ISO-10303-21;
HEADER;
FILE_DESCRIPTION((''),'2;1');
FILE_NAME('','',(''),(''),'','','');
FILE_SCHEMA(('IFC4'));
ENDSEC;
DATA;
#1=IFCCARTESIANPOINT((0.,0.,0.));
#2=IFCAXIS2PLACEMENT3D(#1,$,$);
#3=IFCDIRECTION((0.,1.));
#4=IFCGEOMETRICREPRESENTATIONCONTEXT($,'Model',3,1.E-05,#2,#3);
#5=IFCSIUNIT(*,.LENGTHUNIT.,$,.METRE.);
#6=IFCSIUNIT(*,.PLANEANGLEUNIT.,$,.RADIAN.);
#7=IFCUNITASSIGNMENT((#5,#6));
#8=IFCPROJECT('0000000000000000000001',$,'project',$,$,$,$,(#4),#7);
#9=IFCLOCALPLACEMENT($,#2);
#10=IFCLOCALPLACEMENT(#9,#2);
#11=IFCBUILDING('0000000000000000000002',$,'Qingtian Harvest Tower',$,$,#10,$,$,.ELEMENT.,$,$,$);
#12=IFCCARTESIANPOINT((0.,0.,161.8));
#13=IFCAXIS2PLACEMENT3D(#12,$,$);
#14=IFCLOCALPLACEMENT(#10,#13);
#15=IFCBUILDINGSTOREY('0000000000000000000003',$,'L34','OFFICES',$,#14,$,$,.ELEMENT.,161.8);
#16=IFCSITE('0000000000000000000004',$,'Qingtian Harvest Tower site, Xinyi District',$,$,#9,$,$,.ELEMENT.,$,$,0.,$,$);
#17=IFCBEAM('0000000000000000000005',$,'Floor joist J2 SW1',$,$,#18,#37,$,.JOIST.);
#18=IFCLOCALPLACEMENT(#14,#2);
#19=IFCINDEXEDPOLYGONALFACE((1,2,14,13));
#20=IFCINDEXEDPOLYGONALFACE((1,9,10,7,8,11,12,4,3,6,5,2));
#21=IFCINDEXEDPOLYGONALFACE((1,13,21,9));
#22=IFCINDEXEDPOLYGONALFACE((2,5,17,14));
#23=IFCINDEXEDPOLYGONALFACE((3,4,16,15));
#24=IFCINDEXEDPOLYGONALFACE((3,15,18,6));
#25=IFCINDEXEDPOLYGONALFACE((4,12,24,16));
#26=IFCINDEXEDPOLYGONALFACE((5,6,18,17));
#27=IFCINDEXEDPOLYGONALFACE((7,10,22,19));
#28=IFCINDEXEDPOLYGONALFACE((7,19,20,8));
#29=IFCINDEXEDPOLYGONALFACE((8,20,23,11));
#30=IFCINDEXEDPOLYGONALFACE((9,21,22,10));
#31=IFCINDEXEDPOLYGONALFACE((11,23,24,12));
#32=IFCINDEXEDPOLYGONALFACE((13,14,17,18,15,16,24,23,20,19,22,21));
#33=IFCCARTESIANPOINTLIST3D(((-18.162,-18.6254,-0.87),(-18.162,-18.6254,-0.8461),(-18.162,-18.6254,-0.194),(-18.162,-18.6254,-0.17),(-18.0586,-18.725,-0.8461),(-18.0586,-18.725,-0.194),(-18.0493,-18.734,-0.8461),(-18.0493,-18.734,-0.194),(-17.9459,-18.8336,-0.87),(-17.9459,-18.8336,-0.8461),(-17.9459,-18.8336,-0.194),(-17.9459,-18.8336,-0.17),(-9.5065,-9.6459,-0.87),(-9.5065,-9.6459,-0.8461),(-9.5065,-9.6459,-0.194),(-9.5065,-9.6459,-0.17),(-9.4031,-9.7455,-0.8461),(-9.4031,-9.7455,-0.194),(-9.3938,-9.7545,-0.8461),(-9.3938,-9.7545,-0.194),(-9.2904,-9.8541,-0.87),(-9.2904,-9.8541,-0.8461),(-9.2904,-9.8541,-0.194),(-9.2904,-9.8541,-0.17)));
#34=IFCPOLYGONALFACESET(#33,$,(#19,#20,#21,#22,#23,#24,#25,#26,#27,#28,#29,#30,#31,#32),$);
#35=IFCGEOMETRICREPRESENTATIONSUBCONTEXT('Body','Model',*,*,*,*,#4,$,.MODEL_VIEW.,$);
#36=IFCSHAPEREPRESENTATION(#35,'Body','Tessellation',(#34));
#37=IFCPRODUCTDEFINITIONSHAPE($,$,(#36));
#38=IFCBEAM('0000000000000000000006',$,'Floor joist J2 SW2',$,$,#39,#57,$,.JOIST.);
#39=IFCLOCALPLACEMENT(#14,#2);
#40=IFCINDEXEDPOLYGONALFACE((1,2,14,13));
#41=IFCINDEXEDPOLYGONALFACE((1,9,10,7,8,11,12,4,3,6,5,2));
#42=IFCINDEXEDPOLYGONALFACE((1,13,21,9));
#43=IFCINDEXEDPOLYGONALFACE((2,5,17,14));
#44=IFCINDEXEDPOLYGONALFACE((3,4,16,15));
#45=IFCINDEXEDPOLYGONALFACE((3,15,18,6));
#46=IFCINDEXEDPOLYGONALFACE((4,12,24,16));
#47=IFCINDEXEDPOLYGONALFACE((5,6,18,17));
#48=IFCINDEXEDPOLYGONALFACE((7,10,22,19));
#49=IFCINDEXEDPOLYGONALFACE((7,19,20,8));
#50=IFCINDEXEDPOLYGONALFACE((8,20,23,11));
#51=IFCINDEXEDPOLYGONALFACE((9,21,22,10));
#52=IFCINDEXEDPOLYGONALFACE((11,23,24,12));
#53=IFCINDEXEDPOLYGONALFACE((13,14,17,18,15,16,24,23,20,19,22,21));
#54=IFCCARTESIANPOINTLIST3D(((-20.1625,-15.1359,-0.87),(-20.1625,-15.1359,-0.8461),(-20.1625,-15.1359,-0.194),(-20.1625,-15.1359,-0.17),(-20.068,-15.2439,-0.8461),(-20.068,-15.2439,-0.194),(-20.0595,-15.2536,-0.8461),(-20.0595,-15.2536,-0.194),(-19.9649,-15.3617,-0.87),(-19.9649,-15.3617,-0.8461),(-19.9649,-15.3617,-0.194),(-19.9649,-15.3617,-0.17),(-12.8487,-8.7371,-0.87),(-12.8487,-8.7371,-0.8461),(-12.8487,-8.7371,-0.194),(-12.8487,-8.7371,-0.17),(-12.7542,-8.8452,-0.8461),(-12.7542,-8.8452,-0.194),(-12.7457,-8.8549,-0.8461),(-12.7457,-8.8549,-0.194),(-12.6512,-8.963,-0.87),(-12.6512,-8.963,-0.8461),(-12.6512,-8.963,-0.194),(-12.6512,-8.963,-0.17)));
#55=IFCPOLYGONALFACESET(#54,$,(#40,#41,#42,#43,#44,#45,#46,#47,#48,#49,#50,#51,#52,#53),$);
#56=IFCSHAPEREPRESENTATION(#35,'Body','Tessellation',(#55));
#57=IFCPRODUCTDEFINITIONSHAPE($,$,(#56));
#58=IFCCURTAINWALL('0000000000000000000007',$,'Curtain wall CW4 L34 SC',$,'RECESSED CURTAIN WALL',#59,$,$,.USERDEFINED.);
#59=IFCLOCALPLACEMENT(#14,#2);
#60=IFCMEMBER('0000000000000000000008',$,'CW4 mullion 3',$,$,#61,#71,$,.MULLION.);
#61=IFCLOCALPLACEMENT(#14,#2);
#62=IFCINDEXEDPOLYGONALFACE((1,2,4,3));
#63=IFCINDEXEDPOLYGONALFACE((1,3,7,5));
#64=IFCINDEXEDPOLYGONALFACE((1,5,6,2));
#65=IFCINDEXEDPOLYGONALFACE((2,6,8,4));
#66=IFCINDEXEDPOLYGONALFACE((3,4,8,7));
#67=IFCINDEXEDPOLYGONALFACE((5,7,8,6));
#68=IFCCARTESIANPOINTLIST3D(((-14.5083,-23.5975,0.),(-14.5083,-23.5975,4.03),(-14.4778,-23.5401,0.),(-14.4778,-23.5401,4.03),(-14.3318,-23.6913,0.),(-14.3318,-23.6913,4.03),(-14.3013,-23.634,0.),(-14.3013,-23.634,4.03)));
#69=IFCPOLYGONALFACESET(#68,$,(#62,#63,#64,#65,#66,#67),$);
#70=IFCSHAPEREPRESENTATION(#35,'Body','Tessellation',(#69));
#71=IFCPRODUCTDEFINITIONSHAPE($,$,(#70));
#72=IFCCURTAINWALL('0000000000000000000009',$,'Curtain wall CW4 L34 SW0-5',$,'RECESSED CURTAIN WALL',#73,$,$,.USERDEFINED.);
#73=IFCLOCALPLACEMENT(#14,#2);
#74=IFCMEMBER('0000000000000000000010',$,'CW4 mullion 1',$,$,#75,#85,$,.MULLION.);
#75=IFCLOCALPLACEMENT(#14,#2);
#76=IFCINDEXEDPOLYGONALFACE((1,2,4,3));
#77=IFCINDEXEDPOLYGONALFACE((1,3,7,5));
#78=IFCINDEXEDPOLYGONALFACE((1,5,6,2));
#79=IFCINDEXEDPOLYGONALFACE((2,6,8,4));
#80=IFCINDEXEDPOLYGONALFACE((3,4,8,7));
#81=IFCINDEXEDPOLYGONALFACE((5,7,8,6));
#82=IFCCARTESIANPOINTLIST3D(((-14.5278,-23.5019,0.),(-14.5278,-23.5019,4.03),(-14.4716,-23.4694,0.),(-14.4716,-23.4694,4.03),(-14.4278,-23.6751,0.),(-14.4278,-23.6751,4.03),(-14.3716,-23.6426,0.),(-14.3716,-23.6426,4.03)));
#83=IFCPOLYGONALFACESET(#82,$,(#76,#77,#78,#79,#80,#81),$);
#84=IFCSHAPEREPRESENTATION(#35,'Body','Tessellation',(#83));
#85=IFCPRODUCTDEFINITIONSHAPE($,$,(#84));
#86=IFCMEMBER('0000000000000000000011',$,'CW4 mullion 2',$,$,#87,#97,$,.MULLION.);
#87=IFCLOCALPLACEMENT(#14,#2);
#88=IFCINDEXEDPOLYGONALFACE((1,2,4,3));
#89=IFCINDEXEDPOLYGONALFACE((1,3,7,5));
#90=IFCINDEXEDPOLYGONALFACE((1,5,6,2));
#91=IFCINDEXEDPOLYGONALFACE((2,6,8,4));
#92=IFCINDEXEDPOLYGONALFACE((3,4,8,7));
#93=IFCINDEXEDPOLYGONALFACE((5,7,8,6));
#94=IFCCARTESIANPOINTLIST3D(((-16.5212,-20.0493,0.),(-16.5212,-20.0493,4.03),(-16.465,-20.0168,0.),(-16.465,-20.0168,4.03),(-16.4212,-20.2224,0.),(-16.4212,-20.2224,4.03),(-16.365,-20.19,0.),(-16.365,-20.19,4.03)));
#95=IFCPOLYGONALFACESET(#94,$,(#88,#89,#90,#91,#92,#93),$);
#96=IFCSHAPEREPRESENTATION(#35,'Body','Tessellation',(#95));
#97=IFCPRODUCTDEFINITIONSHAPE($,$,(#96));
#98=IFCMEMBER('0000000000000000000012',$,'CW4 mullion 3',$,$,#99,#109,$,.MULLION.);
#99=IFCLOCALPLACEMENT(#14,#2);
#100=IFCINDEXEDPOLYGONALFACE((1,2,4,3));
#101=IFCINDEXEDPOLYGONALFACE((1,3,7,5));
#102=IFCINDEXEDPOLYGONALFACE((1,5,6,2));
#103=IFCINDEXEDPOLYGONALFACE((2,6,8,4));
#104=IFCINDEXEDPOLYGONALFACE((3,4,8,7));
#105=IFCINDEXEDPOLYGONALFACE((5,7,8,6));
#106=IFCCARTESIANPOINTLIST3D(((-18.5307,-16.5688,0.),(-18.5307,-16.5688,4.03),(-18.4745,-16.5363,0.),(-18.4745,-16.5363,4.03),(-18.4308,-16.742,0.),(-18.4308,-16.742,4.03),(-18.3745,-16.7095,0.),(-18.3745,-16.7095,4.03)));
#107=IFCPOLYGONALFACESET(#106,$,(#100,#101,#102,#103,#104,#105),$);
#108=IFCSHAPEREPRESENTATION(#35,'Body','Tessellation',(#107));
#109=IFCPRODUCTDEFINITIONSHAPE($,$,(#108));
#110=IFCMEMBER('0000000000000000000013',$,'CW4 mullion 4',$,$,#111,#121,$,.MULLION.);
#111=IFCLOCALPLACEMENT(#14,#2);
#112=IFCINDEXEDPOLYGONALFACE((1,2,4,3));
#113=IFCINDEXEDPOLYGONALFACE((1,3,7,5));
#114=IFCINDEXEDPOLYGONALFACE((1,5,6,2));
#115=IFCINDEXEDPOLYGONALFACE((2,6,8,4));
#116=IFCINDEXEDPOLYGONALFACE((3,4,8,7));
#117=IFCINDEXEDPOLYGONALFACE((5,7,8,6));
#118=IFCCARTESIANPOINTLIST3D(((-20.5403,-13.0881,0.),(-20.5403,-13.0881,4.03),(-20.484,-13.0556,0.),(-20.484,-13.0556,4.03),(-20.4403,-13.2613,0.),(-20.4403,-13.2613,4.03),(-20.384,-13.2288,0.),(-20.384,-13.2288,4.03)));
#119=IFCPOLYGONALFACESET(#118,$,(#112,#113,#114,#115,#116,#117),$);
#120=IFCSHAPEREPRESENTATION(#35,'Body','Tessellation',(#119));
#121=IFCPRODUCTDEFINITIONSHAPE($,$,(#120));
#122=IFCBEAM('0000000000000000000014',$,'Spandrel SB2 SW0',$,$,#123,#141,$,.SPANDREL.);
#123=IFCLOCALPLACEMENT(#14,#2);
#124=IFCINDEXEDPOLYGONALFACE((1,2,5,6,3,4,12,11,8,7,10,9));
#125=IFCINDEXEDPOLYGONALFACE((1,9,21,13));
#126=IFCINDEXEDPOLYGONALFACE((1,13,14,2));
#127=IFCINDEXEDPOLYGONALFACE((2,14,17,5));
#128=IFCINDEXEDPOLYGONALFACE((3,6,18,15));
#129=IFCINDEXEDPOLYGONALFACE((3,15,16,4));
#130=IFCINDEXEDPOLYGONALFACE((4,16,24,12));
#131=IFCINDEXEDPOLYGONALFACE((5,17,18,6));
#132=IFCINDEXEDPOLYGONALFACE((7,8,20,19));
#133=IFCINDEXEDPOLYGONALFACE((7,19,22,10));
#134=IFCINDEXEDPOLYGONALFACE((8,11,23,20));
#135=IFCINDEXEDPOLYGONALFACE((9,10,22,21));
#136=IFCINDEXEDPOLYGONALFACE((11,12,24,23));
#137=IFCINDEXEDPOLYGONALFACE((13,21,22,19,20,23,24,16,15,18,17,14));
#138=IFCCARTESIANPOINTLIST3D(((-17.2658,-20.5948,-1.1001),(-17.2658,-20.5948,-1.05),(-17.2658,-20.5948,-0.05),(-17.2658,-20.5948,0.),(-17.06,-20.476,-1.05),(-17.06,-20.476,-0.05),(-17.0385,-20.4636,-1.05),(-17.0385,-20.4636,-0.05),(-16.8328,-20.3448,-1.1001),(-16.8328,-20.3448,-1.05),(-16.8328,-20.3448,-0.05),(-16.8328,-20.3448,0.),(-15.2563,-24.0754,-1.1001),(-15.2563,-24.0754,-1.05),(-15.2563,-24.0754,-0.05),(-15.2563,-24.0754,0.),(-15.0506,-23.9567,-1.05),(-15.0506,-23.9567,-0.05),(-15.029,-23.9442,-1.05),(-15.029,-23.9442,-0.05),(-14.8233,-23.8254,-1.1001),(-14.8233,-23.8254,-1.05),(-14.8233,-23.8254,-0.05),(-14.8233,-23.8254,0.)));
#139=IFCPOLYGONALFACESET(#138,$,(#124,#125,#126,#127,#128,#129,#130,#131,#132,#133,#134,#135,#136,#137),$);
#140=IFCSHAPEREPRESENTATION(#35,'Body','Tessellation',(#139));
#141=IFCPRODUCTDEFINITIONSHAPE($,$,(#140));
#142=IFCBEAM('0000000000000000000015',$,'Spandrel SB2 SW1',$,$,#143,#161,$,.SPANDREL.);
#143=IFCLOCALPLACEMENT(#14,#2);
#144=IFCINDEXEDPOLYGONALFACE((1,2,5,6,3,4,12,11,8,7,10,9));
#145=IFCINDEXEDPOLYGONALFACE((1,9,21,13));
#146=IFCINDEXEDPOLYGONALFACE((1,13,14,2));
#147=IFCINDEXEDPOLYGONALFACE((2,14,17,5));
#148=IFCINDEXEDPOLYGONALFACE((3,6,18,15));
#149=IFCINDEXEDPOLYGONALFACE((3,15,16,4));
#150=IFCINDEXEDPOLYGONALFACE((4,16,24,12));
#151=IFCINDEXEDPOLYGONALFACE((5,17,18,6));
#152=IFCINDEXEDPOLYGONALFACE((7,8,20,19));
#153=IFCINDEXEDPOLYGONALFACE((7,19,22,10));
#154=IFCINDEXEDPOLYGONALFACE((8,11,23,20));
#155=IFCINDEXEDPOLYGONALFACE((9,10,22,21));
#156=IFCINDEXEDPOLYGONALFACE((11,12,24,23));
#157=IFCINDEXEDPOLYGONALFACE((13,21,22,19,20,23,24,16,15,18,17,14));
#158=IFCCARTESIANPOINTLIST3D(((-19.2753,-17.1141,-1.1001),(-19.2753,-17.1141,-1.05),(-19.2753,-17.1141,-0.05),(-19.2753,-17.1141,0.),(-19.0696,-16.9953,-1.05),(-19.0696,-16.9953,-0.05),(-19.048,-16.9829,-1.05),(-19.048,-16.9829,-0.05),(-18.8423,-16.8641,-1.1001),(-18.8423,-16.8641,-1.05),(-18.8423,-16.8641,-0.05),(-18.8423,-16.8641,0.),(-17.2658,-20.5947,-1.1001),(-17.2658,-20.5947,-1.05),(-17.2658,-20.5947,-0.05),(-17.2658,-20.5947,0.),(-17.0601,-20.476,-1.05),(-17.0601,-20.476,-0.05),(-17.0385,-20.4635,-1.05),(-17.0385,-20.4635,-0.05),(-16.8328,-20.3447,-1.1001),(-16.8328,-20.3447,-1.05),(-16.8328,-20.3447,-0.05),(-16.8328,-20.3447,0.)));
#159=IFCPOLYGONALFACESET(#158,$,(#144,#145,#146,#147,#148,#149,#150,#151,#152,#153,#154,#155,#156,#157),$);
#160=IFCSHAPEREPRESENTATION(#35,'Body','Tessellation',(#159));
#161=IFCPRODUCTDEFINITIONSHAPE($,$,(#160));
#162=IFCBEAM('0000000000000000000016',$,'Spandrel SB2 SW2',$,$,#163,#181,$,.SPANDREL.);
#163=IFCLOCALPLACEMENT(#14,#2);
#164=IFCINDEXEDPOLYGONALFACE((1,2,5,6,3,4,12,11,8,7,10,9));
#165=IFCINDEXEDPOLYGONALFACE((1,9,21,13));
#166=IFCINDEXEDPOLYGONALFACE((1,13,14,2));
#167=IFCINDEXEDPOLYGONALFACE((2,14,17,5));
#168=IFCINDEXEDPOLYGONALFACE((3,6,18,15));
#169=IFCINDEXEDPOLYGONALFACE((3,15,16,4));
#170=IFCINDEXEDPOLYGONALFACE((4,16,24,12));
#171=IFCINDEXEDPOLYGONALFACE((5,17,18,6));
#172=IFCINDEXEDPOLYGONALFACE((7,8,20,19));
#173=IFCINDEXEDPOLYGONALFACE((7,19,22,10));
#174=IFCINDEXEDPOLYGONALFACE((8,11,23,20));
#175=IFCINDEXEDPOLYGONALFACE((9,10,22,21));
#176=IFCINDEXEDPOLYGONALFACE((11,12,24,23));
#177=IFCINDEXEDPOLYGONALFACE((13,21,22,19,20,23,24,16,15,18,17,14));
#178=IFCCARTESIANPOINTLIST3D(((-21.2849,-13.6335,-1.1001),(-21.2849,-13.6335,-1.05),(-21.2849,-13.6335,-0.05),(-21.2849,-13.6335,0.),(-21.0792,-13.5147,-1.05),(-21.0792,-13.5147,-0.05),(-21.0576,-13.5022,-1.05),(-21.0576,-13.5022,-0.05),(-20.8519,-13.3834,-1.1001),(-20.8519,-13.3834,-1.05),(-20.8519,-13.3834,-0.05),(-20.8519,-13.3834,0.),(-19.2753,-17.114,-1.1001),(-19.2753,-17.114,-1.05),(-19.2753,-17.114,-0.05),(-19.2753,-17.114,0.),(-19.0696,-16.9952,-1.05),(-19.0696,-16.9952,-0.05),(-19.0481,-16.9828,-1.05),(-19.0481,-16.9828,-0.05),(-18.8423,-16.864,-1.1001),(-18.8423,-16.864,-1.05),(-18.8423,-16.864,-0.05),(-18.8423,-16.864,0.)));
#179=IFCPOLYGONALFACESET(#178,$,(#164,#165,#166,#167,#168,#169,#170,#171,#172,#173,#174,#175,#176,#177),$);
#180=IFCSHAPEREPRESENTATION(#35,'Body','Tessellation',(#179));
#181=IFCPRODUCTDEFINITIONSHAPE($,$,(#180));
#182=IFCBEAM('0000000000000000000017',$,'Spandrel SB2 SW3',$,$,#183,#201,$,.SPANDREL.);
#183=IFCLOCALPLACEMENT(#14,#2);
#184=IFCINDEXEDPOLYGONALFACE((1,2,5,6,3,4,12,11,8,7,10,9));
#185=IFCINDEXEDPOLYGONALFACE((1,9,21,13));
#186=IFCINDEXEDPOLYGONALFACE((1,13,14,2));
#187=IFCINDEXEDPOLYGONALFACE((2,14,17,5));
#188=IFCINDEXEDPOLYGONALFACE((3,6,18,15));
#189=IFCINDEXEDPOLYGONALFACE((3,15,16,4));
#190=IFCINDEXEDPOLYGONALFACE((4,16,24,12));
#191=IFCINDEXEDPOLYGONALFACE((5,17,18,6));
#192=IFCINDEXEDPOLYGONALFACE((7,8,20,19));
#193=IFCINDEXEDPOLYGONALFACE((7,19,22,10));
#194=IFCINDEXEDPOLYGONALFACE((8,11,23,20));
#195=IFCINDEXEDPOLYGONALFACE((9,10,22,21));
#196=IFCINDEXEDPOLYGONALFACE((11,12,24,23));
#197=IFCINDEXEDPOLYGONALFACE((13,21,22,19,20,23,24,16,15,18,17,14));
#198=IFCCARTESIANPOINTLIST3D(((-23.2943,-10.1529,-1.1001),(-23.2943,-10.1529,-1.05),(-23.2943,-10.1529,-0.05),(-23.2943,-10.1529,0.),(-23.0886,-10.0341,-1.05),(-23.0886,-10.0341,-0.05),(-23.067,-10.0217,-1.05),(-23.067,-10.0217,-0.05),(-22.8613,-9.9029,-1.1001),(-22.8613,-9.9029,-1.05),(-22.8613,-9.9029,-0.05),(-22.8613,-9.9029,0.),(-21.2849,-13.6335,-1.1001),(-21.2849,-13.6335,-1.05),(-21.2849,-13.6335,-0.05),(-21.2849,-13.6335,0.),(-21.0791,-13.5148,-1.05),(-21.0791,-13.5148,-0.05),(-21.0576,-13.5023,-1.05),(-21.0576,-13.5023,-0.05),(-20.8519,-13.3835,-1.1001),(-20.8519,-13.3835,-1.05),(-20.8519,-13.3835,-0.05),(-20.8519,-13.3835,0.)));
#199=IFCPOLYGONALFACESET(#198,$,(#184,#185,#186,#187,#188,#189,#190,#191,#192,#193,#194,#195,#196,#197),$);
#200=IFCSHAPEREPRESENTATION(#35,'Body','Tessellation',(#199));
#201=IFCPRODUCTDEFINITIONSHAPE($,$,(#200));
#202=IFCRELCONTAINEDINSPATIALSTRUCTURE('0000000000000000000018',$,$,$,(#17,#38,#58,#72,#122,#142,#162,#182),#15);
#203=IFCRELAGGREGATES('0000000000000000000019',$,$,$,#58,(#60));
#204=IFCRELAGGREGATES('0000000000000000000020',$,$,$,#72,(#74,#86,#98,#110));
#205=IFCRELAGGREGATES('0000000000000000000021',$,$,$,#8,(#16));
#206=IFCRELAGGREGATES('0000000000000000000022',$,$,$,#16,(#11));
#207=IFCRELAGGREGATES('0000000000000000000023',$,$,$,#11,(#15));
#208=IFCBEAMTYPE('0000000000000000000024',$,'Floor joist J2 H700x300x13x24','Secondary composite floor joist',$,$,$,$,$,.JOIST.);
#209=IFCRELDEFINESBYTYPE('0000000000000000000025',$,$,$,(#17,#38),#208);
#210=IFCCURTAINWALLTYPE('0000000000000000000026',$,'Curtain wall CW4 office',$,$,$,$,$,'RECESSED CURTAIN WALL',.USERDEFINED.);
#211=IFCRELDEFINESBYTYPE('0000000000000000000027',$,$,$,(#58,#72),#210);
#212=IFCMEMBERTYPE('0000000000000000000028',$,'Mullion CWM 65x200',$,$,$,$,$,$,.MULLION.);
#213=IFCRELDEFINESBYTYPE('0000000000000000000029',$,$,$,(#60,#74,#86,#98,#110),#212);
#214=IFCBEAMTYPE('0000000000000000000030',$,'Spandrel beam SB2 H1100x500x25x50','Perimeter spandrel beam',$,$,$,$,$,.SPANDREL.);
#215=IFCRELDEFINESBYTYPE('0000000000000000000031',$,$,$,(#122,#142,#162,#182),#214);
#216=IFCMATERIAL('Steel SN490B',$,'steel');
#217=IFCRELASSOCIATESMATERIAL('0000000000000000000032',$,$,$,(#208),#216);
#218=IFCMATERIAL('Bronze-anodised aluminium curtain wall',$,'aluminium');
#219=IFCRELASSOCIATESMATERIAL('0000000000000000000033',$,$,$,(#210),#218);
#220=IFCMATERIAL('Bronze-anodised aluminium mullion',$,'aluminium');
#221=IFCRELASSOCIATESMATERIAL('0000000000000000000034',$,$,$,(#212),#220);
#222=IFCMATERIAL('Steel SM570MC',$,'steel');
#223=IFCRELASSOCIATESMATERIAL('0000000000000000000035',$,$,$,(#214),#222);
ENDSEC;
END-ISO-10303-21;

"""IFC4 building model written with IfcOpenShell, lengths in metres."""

from ifc_helpers import new_model, si_unit, direction, frame, origin, origin_2d, place, context, subcontext, project, spatial, rectangle, i_section, extrude, material, material_profile, profile_set, type_object, element, aggregate, save


model = new_model("IFC4")

# Units and contexts
model_context = context("Model", 3, precision=1e-05, world=origin(), true_north=direction((0.0, 1.0)))
body_context = subcontext(model_context, "Body", "Model", "MODEL_VIEW")
ifc_project = project(units=[si_unit("LENGTHUNIT", "METRE"), si_unit("PLANEANGLEUNIT", "RADIAN")], contexts=[model_context])

# Site, building, storey
site_placement = place(None, origin())
site = spatial("IfcSite", under=ifc_project, at=site_placement, Name="Qingtian Harvest Tower site, Xinyi District", CompositionType="ELEMENT", RefElevation=0.0)
building_placement = place(site_placement, origin())
building = spatial("IfcBuilding", under=site, at=building_placement, Name="Qingtian Harvest Tower", CompositionType="ELEMENT")
storey_placement = place(building_placement, frame((0.0, 0.0, 161.8)))
storey = spatial("IfcBuildingStorey", under=building, at=storey_placement, Name="L34", Description="OFFICES", CompositionType="ELEMENT", Elevation=161.8)

# Beams
ifc_material_1 = material(Name="Steel SN490B", Category="steel")
ifc_material_profile_1 = material_profile(ifc_material_1, i_section(OverallWidth=0.3, OverallDepth=0.7, WebThickness=0.0129, FlangeThickness=0.0239, at=origin_2d()), Name="H700x300x13x24")
ifc_profile_set_1 = profile_set([ifc_material_profile_1], Name="Steel SN490B")
beam_type_1 = type_object("IfcBeamType", Name="Floor joist J2 H700x300x13x24", Description="Secondary composite floor joist", PredefinedType="JOIST", material=ifc_profile_set_1)
beam_1_placement = place(storey_placement, frame((-18.054, -18.7295, -0.52), z_axis=(0.693999, 0.719976, 0.0), x_axis=(-0.719976, 0.693999, 0.0)))
element("IfcBeam", 1, at=beam_1_placement, inside=storey, type_object=beam_type_1, Name="Floor joist J2 SW1", PredefinedType="JOIST", context=body_context, shape_type="SweptSolid", body=[
    extrude(i_section(OverallWidth=0.3, OverallDepth=0.7, WebThickness=0.0129, FlangeThickness=0.0239, at=origin_2d()), origin(), (0.0, 0.0, 1.0), 12.4719),
])
beam_2_placement = place(storey_placement, frame((-20.0637, -15.2488, -0.52), z_axis=(0.752619, 0.658457, 0.0), x_axis=(-0.658457, 0.752619, 0.0)))
element("IfcBeam", 2, at=beam_2_placement, inside=storey, type_object=beam_type_1, Name="Floor joist J2 SW2", PredefinedType="JOIST", context=body_context, shape_type="SweptSolid", body=[
    extrude(i_section(OverallWidth=0.3, OverallDepth=0.7, WebThickness=0.0129, FlangeThickness=0.0239, at=origin_2d()), origin(), (0.0, 0.0, 1.0), 9.7178),
])

# Curtain wall, member
ifc_material_2 = material(Name="Bronze-anodised aluminium curtain wall", Category="aluminium")
curtain_wall_type = type_object("IfcCurtainWallType", Name="Curtain wall CW4 office", ElementType="RECESSED CURTAIN WALL", PredefinedType="USERDEFINED", material=ifc_material_2)
curtain_wall_1_placement = place(storey_placement, origin())
curtain_wall_1 = element("IfcCurtainWall", 3, at=curtain_wall_1_placement, inside=storey, type_object=curtain_wall_type, Name="Curtain wall CW4 L34 SC", ObjectType="RECESSED CURTAIN WALL", PredefinedType="USERDEFINED")
ifc_material_3 = material(Name="Bronze-anodised aluminium mullion", Category="aluminium")
ifc_material_profile_2 = material_profile(ifc_material_3, rectangle(XDim=0.0649, YDim=0.2, at=origin_2d()), Name="AL 65x200")
ifc_profile_set_2 = profile_set([ifc_material_profile_2], Name="Bronze-anodised aluminium mullion")
member_type_1 = type_object("IfcMemberType", Name="Mullion CWM 65x200", PredefinedType="MULLION", material=ifc_profile_set_2)
member_1_placement = place(storey_placement, frame((-14.4048, -23.6157, 0.0), z_axis=(0.0, 0.0, 1.0), x_axis=(-0.469472, -0.882948, 0.0)))
member_1 = element("IfcMember", 4, at=member_1_placement, type_object=member_type_1, Name="CW4 mullion 3", PredefinedType="MULLION", context=body_context, shape_type="SweptSolid", body=[
    extrude(rectangle(XDim=0.0649, YDim=0.2, at=origin_2d()), origin(), (0.0, 0.0, 1.0), 4.03),
])
aggregate(curtain_wall_1, [member_1])

# Curtain wall, members
curtain_wall_2_placement = place(storey_placement, origin())
curtain_wall_2 = element("IfcCurtainWall", 5, at=curtain_wall_2_placement, inside=storey, type_object=curtain_wall_type, Name="Curtain wall CW4 L34 SW0-5", ObjectType="RECESSED CURTAIN WALL", PredefinedType="USERDEFINED")
member_2_placement = place(storey_placement, frame((-14.4497, -23.5723, 0.0), z_axis=(0.0, 0.0, 1.0), x_axis=(-0.866025, -0.5, 0.0)))
member_2 = element("IfcMember", 6, at=member_2_placement, type_object=member_type_1, Name="CW4 mullion 1", PredefinedType="MULLION", context=body_context, shape_type="SweptSolid", body=[
    extrude(rectangle(XDim=0.0649, YDim=0.2, at=origin_2d()), origin(), (0.0, 0.0, 1.0), 4.03),
])
member_3_placement = place(storey_placement, frame((-16.4431, -20.1196, 0.0), z_axis=(0.0, 0.0, 1.0), x_axis=(-0.866025, -0.5, 0.0)))
member_3 = element("IfcMember", 7, at=member_3_placement, type_object=member_type_1, Name="CW4 mullion 2", PredefinedType="MULLION", context=body_context, shape_type="SweptSolid", body=[
    extrude(rectangle(XDim=0.0649, YDim=0.2, at=origin_2d()), origin(), (0.0, 0.0, 1.0), 4.03),
])
member_4_placement = place(storey_placement, frame((-18.4526, -16.6392, 0.0), z_axis=(0.0, 0.0, 1.0), x_axis=(-0.866025, -0.5, 0.0)))
member_4 = element("IfcMember", 8, at=member_4_placement, type_object=member_type_1, Name="CW4 mullion 3", PredefinedType="MULLION", context=body_context, shape_type="SweptSolid", body=[
    extrude(rectangle(XDim=0.0649, YDim=0.2, at=origin_2d()), origin(), (0.0, 0.0, 1.0), 4.03),
])
member_5_placement = place(storey_placement, frame((-20.4622, -13.1584, 0.0), z_axis=(0.0, 0.0, 1.0), x_axis=(-0.866025, -0.5, 0.0)))
member_5 = element("IfcMember", 9, at=member_5_placement, type_object=member_type_1, Name="CW4 mullion 4", PredefinedType="MULLION", context=body_context, shape_type="SweptSolid", body=[
    extrude(rectangle(XDim=0.0649, YDim=0.2, at=origin_2d()), origin(), (0.0, 0.0, 1.0), 4.03),
])

# Beams
ifc_material_4 = material(Name="Steel SM570MC", Category="steel")
ifc_material_profile_3 = material_profile(ifc_material_4, i_section(OverallWidth=0.5, OverallDepth=1.1001, WebThickness=0.0249, FlangeThickness=0.05, at=origin_2d()), Name="H1100x500x25x50")
ifc_profile_set_3 = profile_set([ifc_material_profile_3], Name="Steel SM570MC")
beam_type_2 = type_object("IfcBeamType", Name="Spandrel beam SB2 H1100x500x25x50", Description="Perimeter spandrel beam", PredefinedType="SPANDREL", material=ifc_profile_set_3)
for number, where, z_axis, x_axis, name in (
    (10, (-15.0398, -23.9504, -0.55), (-0.499987, 0.866033, 0.0), (-0.866033, -0.499987, 0.0), "Spandrel SB2 SW0"),
    (11, (-17.0493, -20.4697, -0.55), (-0.499987, 0.866033, 0.0), (-0.866033, -0.499987, 0.0), "Spandrel SB2 SW1"),
    (12, (-19.0588, -16.989, -0.55), (-0.500013, 0.866018, 0.0), (-0.866018, -0.500013, 0.0), "Spandrel SB2 SW2"),
    (13, (-21.0684, -13.5085, -0.55), (-0.499987, 0.866033, 0.0), (-0.866033, -0.499987, 0.0), "Spandrel SB2 SW3"),
):
    element("IfcBeam", number, at=place(storey_placement, frame(where, z_axis=z_axis, x_axis=x_axis)), inside=storey, type_object=beam_type_2, Name=name, PredefinedType="SPANDREL", context=body_context, shape_type="SweptSolid", body=[
        extrude(i_section(OverallWidth=0.5, OverallDepth=1.1001, WebThickness=0.0249, FlangeThickness=0.05, at=origin_2d()), origin(), (0.0, 0.0, 1.0), 4.019),
    ])

aggregate(curtain_wall_2, [member_2, member_3, member_4, member_5])

save(model, "model.ifc")
